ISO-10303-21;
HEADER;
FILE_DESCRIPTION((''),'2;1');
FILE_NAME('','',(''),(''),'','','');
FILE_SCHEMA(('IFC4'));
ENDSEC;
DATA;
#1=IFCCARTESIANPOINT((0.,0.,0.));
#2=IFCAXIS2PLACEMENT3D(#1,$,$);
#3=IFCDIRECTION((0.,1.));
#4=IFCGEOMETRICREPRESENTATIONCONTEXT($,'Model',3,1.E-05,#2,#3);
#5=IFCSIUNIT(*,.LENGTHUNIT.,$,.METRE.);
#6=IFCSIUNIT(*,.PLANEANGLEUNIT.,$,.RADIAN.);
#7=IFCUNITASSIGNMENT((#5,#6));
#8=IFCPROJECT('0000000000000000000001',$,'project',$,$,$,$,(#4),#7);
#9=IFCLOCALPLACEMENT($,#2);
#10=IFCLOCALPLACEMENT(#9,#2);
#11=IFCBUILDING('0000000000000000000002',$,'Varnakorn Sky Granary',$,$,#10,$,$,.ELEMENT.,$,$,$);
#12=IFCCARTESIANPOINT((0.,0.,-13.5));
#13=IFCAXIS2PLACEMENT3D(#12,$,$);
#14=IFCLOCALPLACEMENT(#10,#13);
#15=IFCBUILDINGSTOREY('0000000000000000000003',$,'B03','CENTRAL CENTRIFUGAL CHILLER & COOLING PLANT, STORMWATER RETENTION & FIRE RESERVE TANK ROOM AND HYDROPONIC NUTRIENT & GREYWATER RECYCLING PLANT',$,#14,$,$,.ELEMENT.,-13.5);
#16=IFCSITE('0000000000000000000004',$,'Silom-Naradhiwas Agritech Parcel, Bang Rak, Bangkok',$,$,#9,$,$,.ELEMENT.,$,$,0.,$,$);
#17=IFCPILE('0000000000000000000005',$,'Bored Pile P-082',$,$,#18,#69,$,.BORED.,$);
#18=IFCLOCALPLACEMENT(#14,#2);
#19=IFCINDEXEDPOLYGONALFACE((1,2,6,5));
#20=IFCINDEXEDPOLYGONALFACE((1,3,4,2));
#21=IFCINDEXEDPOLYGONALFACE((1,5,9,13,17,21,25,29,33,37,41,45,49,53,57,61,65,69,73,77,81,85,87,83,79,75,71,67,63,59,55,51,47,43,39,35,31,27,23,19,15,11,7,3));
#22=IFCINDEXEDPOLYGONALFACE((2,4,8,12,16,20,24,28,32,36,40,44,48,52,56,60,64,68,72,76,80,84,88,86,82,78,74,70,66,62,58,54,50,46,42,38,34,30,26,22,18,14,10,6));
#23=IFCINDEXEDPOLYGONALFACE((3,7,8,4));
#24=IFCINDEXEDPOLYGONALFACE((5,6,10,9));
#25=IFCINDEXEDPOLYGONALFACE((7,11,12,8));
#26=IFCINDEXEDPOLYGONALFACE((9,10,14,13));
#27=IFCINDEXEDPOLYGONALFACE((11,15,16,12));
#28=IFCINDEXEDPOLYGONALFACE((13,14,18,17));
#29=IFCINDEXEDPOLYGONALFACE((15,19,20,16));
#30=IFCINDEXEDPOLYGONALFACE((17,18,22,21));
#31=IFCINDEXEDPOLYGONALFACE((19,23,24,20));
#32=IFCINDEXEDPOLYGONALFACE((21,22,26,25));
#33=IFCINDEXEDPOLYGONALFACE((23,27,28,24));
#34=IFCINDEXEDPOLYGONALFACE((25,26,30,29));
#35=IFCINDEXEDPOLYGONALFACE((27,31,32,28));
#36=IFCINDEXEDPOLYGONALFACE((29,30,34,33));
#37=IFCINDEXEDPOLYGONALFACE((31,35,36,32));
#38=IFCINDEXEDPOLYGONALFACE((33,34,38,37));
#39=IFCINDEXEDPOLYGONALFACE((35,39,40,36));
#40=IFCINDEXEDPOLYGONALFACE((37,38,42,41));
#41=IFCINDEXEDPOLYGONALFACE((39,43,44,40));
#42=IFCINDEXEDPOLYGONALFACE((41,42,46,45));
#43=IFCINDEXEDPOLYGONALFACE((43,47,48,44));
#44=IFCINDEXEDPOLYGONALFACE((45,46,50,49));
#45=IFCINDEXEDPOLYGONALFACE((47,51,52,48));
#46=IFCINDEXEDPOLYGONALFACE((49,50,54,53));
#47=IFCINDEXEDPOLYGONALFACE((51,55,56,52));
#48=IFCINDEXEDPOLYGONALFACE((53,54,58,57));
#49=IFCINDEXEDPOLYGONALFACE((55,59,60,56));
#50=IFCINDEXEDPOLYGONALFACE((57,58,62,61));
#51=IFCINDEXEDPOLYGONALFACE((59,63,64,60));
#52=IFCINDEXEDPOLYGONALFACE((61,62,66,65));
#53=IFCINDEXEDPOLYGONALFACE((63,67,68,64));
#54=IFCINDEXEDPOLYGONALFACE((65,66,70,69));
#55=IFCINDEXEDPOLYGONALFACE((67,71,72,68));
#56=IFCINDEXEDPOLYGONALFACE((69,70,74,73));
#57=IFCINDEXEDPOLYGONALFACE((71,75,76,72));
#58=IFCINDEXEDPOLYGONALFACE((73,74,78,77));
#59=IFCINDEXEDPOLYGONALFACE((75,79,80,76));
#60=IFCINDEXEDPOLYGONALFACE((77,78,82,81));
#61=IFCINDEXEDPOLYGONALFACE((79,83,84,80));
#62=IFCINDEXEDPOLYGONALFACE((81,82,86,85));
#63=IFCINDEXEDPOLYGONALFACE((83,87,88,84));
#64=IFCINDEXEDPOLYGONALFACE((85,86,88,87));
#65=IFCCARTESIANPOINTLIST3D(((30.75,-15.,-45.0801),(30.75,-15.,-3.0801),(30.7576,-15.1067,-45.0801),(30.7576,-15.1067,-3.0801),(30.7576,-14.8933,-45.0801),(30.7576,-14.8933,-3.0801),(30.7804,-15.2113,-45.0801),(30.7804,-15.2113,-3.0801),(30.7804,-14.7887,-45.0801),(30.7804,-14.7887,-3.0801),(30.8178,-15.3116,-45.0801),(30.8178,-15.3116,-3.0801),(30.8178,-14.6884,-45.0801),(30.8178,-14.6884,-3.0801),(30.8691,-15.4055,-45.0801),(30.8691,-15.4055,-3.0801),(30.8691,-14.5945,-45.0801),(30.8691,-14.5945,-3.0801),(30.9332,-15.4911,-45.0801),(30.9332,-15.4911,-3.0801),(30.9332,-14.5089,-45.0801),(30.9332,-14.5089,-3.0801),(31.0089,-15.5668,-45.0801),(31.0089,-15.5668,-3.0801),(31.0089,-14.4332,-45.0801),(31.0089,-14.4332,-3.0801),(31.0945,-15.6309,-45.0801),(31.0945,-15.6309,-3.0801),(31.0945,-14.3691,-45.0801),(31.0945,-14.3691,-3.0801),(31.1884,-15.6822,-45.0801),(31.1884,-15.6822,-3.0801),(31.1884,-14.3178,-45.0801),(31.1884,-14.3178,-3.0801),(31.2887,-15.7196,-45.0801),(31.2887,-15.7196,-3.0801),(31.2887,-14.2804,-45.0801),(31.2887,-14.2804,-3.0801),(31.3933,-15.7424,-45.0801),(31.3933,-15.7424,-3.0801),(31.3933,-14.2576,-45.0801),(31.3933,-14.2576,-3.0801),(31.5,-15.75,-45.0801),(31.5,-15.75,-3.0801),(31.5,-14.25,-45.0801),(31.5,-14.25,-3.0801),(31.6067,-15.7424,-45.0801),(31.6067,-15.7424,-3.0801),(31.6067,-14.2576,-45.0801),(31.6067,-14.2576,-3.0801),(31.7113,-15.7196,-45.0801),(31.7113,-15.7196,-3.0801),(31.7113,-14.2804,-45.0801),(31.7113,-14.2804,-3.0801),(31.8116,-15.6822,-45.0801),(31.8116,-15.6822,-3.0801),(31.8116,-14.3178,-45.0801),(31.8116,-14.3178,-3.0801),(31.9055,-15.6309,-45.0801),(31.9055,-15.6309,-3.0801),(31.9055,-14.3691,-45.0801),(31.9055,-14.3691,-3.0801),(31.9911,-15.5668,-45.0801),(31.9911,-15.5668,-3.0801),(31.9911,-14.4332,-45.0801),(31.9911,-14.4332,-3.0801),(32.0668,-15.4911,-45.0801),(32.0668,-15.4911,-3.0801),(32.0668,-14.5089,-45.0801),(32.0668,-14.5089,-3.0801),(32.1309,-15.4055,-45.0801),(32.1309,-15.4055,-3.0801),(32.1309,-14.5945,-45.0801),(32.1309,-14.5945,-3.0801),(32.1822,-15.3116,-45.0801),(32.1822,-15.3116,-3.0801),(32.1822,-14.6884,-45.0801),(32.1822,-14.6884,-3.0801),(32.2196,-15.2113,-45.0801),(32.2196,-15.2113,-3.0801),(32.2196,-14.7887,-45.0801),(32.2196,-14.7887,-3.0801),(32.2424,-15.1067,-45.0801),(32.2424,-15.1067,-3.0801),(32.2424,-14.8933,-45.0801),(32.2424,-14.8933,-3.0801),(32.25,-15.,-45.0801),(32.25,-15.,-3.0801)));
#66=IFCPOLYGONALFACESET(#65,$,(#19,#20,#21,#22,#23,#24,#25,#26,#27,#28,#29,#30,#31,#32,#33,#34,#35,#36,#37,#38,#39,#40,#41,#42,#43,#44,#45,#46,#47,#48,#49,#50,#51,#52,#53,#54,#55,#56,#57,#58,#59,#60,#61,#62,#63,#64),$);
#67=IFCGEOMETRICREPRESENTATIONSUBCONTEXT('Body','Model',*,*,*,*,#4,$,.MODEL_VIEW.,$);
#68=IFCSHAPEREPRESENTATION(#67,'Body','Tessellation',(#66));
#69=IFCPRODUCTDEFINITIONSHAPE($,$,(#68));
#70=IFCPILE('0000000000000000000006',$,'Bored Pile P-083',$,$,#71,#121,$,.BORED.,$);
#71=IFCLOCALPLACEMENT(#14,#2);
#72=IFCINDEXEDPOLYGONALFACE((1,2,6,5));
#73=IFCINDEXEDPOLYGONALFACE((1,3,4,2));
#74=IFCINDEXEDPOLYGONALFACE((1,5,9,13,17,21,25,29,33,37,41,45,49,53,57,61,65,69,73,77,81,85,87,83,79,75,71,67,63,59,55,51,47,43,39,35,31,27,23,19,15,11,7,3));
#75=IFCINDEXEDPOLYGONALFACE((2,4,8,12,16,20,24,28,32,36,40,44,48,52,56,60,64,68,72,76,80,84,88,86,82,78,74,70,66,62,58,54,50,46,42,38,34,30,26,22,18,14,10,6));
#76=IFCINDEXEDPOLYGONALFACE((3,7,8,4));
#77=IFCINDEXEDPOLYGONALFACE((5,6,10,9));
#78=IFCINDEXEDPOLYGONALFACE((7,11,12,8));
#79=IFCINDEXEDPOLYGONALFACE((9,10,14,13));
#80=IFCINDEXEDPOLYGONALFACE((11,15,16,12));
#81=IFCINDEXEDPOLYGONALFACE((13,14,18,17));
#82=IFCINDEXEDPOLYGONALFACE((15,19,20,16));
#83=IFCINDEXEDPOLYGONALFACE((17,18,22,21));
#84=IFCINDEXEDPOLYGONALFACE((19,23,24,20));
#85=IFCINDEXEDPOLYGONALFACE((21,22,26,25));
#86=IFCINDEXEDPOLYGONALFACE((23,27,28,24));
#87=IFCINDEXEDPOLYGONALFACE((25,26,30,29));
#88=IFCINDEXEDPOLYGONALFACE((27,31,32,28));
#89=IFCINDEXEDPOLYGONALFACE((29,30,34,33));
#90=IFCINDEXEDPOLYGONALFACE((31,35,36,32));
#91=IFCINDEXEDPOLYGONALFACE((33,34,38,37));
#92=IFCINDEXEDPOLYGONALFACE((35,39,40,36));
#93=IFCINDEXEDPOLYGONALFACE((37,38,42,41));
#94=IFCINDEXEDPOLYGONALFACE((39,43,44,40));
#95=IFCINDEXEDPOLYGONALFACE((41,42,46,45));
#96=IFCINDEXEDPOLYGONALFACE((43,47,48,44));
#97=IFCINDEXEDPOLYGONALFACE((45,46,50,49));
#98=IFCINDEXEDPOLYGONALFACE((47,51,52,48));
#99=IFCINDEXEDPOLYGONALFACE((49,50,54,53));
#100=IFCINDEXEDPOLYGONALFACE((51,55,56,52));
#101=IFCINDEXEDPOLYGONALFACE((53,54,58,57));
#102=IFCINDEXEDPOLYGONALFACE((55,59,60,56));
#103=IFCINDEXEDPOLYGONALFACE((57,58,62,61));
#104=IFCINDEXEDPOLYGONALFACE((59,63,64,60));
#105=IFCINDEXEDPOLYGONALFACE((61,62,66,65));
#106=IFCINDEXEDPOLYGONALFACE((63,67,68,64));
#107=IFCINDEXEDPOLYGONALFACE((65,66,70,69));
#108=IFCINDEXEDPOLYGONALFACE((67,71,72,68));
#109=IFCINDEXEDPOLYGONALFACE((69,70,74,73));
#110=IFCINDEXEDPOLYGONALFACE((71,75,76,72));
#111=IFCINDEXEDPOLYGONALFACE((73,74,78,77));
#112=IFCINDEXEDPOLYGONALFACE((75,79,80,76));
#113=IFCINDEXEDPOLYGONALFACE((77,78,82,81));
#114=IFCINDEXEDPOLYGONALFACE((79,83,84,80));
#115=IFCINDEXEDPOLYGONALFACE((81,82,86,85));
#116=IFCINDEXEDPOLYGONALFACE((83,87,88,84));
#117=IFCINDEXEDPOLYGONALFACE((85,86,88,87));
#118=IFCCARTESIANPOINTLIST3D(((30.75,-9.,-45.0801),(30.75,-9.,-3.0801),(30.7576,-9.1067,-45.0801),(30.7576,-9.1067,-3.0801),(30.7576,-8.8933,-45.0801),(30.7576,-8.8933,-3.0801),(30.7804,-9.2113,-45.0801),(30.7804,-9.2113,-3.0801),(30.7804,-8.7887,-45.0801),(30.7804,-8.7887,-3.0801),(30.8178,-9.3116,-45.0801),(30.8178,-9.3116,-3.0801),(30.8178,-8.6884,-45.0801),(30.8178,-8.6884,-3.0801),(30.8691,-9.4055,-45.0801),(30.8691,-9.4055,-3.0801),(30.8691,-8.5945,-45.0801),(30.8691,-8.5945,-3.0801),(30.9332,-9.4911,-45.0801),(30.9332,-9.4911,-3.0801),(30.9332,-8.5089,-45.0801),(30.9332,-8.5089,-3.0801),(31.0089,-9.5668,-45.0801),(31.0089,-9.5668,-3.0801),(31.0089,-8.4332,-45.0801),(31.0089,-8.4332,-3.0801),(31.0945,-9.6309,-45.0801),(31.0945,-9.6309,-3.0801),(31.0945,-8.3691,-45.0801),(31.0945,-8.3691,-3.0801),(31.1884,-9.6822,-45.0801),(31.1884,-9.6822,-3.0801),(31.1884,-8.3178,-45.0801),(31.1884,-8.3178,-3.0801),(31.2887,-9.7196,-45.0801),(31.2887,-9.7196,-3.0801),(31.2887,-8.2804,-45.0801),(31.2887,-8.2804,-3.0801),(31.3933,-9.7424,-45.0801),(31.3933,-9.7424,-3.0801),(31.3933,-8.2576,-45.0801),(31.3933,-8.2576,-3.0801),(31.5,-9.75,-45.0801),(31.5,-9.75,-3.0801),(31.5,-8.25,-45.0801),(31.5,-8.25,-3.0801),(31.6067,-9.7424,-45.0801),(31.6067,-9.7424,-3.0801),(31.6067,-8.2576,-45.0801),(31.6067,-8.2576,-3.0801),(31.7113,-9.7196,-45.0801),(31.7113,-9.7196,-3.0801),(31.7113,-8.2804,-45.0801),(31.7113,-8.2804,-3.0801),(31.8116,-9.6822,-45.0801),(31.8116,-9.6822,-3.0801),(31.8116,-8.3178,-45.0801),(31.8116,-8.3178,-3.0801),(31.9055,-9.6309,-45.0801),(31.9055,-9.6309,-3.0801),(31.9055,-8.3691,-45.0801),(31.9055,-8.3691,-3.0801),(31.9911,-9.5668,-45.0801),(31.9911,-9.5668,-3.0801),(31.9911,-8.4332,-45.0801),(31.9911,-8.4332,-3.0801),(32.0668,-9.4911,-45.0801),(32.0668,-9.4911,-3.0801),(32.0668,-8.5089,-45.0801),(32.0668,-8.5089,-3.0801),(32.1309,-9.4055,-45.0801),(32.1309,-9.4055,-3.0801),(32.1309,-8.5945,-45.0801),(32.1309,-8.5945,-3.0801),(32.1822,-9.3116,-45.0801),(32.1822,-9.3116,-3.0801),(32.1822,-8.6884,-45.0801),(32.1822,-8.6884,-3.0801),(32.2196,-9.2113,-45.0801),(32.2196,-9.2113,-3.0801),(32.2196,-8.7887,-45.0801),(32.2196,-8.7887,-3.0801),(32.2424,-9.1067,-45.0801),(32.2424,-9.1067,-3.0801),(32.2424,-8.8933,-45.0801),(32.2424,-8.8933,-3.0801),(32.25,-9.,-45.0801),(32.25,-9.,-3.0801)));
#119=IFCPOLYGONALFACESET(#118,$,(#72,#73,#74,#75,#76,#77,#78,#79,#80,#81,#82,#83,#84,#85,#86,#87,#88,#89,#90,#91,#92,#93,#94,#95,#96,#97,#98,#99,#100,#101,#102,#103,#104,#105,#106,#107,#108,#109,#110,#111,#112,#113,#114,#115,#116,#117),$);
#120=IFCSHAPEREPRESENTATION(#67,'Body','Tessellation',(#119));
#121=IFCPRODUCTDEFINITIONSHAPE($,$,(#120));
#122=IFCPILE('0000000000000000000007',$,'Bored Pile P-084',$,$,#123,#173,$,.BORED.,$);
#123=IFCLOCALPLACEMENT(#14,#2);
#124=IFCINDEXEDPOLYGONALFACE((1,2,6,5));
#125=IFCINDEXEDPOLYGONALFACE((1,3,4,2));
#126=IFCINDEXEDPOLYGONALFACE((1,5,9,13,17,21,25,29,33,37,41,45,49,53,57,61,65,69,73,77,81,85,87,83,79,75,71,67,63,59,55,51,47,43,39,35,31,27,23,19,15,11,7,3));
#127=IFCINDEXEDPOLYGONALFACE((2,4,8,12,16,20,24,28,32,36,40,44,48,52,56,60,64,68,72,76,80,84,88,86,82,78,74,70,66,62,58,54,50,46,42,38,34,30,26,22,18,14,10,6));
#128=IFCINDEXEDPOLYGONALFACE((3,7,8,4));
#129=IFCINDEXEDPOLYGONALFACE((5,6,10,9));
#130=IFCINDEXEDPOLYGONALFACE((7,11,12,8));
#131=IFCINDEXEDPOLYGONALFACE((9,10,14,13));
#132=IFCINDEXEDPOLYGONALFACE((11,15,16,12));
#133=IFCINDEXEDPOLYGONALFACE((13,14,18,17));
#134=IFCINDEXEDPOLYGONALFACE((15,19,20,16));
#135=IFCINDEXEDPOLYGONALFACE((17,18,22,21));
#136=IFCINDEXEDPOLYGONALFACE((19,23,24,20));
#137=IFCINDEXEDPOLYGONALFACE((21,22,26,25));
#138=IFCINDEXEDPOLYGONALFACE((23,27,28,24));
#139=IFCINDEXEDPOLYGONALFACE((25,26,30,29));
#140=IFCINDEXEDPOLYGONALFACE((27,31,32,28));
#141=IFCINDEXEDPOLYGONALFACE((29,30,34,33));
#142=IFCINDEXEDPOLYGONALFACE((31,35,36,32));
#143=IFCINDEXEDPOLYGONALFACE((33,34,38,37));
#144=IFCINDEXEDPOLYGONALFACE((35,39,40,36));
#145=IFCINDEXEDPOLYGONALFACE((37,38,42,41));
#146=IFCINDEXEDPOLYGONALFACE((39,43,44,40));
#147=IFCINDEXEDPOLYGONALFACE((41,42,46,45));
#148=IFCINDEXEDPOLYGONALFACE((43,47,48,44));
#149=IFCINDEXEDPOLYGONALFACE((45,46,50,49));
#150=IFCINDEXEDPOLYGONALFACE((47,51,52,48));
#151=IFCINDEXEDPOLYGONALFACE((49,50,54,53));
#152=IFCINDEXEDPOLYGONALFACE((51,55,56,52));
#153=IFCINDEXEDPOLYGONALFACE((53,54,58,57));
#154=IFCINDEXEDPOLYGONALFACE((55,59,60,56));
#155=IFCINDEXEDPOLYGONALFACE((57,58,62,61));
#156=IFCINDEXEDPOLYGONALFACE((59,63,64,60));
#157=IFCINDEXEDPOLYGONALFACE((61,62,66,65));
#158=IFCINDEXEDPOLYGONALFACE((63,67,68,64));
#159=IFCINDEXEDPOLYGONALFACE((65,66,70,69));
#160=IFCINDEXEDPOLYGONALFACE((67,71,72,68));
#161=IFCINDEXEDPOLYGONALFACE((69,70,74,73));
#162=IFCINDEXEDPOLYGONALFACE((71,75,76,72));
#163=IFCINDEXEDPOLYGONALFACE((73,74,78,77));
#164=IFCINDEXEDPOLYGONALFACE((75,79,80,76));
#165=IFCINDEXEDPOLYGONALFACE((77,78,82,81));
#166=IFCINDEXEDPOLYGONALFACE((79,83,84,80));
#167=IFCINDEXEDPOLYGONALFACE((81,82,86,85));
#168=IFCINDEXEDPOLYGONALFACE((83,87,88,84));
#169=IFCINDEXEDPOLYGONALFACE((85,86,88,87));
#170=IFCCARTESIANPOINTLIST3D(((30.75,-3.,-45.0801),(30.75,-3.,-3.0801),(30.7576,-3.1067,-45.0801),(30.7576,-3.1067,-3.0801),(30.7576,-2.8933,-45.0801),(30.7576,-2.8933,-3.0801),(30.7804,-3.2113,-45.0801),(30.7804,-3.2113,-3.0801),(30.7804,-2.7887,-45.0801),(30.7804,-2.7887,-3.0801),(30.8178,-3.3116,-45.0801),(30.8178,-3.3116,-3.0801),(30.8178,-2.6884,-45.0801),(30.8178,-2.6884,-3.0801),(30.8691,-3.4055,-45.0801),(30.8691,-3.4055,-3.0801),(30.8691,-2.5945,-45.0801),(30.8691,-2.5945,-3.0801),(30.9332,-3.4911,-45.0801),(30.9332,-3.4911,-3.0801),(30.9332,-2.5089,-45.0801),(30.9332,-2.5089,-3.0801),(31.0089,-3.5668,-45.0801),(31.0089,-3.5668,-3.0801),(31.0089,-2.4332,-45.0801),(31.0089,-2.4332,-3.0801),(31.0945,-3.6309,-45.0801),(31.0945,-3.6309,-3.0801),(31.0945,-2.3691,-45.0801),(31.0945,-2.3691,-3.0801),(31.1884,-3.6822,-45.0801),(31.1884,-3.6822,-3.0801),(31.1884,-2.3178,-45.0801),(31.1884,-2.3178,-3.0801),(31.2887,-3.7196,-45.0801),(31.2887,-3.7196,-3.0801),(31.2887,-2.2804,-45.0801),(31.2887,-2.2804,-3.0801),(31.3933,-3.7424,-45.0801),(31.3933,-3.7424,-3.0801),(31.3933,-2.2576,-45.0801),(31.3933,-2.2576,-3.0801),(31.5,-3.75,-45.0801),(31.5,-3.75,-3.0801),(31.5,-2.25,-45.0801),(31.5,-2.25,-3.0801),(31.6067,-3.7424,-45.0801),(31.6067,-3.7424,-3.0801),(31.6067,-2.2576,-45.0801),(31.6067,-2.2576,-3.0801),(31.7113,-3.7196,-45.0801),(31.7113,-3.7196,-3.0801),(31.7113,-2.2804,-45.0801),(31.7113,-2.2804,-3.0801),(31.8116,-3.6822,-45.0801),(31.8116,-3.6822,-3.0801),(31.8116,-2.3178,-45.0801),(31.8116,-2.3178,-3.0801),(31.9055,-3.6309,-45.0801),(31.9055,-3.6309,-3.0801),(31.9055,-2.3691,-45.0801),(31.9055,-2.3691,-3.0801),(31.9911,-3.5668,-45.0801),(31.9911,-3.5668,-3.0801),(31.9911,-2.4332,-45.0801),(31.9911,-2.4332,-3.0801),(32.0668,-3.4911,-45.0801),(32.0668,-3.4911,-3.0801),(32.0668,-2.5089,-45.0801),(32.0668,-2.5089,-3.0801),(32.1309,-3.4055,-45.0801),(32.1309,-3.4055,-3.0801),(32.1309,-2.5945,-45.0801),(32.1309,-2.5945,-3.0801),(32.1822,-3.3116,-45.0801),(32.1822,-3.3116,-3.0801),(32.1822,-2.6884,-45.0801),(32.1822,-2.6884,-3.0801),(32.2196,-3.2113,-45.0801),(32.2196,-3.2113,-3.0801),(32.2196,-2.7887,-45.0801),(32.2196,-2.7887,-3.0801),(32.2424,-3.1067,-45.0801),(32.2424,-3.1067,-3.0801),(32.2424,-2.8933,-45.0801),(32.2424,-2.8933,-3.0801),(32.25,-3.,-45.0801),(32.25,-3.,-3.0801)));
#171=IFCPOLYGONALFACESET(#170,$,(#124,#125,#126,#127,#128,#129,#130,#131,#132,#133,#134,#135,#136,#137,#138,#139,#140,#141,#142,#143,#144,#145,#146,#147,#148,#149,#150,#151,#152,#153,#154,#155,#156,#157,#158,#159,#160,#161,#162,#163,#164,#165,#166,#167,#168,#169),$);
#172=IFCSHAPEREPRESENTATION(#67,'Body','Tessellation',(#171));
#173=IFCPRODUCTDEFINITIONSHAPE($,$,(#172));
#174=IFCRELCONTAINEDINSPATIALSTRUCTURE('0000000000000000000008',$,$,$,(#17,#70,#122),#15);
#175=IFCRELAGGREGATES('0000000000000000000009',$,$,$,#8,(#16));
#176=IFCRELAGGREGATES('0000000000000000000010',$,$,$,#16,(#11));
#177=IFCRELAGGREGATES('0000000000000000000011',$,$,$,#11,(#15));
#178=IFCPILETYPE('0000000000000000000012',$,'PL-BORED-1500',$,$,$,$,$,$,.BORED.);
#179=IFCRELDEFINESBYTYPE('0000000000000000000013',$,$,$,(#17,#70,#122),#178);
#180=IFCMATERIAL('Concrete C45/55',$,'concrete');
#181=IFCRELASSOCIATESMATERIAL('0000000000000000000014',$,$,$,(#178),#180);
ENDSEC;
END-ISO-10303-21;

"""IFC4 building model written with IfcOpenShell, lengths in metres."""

from ifc_helpers import new_model, si_unit, direction, frame, origin, origin_2d, place, context, subcontext, project, spatial, circle, extrude, material, material_profile, profile_set, type_object, element, save


model = new_model("IFC4")

# Units and contexts
model_context = context("Model", 3, precision=1e-05, world=origin(), true_north=direction((0.0, 1.0)))
body_context = subcontext(model_context, "Body", "Model", "MODEL_VIEW")
ifc_project = project(units=[si_unit("LENGTHUNIT", "METRE"), si_unit("PLANEANGLEUNIT", "RADIAN")], contexts=[model_context])

# Site, building, storey
site_placement = place(None, origin())
site = spatial("IfcSite", under=ifc_project, at=site_placement, Name="Silom-Naradhiwas Agritech Parcel, Bang Rak, Bangkok", CompositionType="ELEMENT", RefElevation=0.0)
building_placement = place(site_placement, origin())
building = spatial("IfcBuilding", under=site, at=building_placement, Name="Varnakorn Sky Granary", CompositionType="ELEMENT")
storey_placement = place(building_placement, frame((0.0, 0.0, -13.5)))
storey = spatial("IfcBuildingStorey", under=building, at=storey_placement, Name="B03", Description="CENTRAL CENTRIFUGAL CHILLER & COOLING PLANT, STORMWATER RETENTION & FIRE RESERVE TANK ROOM AND HYDROPONIC NUTRIENT & GREYWATER RECYCLING PLANT", CompositionType="ELEMENT", Elevation=-13.5)

# Piles
ifc_material_1 = material(Name="Concrete C45/55", Category="concrete")
ifc_material_profile_1 = material_profile(ifc_material_1, circle(Radius=0.75, at=origin_2d()), Name="PILE D1500")
ifc_profile_set_1 = profile_set([ifc_material_profile_1], Name="Concrete C45/55")
pile_type_1 = type_object("IfcPileType", Name="PL-BORED-1500", PredefinedType="BORED", material=ifc_profile_set_1)
for number, where, z_axis, x_axis, name in (
    (1, (31.5, -15.0, -3.0801), (0.0, 0.0, -1.0), (1.0, 0.0, 0.0), "Bored Pile P-082"),
    (2, (31.5, -9.0, -3.0801), (0.0, 0.0, -1.0), (1.0, 0.0, 0.0), "Bored Pile P-083"),
    (3, (31.5, -3.0, -3.0801), (0.0, 0.0, -1.0), (1.0, 0.0, 0.0), "Bored Pile P-084"),
):
    element("IfcPile", number, at=place(storey_placement, frame(where, z_axis=z_axis, x_axis=x_axis)), inside=storey, type_object=pile_type_1, Name=name, PredefinedType="BORED", context=body_context, shape_type="SweptSolid", body=[
        extrude(circle(Radius=0.75, at=origin_2d()), origin(), (0.0, 0.0, 1.0), 42.0),
    ])

save(model, "model.ifc")
